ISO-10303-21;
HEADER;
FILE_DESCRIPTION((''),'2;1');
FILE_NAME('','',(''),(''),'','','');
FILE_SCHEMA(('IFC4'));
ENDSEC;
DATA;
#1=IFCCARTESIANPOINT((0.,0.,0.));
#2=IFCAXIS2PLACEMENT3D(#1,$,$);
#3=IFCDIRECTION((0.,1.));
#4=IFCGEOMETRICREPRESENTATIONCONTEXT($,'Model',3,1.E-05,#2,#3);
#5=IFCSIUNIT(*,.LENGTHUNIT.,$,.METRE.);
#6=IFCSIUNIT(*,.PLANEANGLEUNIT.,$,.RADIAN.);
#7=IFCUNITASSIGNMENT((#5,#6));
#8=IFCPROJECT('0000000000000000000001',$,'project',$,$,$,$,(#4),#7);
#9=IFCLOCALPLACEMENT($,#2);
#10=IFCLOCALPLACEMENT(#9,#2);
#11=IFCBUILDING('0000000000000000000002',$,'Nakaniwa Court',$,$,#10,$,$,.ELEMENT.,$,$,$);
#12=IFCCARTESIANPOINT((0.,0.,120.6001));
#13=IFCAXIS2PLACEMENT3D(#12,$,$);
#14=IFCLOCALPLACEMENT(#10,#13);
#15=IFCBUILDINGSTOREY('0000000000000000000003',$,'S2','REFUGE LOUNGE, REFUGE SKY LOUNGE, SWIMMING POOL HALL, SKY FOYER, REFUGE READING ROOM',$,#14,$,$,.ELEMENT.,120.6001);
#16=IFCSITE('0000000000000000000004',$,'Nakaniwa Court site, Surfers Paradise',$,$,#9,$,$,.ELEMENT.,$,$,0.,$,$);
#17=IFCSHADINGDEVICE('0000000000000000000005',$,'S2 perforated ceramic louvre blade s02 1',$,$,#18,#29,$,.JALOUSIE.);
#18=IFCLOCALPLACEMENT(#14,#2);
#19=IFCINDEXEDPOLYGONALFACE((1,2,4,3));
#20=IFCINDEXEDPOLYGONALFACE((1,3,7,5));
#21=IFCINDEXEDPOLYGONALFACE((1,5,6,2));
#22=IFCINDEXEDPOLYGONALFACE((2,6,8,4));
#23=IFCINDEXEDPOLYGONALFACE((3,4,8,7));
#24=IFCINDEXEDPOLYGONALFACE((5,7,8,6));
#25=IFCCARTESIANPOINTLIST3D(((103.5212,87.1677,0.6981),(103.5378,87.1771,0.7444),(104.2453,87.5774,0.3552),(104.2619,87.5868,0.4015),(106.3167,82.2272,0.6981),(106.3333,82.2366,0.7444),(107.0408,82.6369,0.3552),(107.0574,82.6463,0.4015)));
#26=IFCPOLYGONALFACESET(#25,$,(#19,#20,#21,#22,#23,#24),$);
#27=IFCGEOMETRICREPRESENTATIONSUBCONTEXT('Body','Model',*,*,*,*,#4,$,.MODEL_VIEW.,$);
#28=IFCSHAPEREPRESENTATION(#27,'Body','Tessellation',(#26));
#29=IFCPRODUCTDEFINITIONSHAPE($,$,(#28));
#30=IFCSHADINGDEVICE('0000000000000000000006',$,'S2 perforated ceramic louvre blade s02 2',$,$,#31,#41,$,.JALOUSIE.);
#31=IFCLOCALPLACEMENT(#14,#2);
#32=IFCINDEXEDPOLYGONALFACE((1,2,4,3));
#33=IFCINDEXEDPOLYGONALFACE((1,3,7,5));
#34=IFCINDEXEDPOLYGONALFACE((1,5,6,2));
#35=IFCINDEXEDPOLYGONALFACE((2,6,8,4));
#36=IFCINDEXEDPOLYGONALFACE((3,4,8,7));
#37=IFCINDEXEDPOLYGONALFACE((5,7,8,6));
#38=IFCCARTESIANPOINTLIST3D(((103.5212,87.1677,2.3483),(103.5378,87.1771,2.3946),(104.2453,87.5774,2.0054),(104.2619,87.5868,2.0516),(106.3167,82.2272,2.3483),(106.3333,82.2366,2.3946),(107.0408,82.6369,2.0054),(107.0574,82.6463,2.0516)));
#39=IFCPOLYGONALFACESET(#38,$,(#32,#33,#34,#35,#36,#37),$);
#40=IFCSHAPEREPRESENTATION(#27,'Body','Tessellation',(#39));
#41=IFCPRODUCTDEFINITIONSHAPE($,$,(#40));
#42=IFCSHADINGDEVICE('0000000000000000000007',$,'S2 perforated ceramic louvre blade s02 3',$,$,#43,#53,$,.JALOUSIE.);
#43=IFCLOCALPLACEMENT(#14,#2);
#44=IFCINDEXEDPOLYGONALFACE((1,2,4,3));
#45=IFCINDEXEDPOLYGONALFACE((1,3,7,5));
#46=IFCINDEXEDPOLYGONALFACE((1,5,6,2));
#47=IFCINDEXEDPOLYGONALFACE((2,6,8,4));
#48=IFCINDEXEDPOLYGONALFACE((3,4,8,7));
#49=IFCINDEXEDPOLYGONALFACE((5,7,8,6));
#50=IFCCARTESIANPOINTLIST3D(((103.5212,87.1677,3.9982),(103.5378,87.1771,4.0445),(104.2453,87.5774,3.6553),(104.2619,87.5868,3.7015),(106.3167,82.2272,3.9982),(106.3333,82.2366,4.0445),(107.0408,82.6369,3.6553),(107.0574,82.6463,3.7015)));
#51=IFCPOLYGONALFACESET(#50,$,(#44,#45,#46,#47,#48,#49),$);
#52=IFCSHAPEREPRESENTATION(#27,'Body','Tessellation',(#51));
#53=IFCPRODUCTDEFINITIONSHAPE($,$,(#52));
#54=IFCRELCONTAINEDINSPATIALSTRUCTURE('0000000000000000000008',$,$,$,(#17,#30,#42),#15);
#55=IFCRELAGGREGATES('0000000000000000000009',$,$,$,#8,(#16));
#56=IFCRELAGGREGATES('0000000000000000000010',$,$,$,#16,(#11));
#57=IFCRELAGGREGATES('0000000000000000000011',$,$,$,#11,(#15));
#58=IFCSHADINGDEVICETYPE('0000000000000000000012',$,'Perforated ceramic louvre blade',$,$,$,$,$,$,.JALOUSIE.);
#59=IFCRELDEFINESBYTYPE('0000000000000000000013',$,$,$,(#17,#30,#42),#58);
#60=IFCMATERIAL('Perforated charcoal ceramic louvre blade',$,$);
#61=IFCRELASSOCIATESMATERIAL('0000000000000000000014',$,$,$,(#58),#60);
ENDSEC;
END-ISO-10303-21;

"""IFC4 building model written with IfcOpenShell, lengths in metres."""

from ifc_helpers import new_model, si_unit, direction, frame, origin, origin_2d, place, context, subcontext, project, spatial, rectangle, extrude, material, material_profile, profile_set, type_object, element, save


model = new_model("IFC4")

# Units and contexts
model_context = context("Model", 3, precision=1e-05, world=origin(), true_north=direction((0.0, 1.0)))
body_context = subcontext(model_context, "Body", "Model", "MODEL_VIEW")
ifc_project = project(units=[si_unit("LENGTHUNIT", "METRE"), si_unit("PLANEANGLEUNIT", "RADIAN")], contexts=[model_context])

# Site, building, storey
site_placement = place(None, origin())
site = spatial("IfcSite", under=ifc_project, at=site_placement, Name="Nakaniwa Court site, Surfers Paradise", CompositionType="ELEMENT", RefElevation=0.0)
building_placement = place(site_placement, origin())
building = spatial("IfcBuilding", under=site, at=building_placement, Name="Nakaniwa Court", CompositionType="ELEMENT")
storey_placement = place(building_placement, frame((0.0, 0.0, 120.6001)))
storey = spatial("IfcBuildingStorey", under=building, at=storey_placement, Name="S2", Description="REFUGE LOUNGE, REFUGE SKY LOUNGE, SWIMMING POOL HALL, SKY FOYER, REFUGE READING ROOM", CompositionType="ELEMENT", Elevation=120.6001)

# Shading devices
ifc_material_1 = material(Name="Perforated charcoal ceramic louvre blade")
ifc_material_profile_1 = material_profile(ifc_material_1, rectangle(XDim=0.8999, YDim=0.05, at=origin_2d()), Name="Perforated ceramic louvre blade")
ifc_profile_set_1 = profile_set([ifc_material_profile_1], Name="Perforated charcoal ceramic louvre blade")
shading_device_type = type_object("IfcShadingDeviceType", Name="Perforated ceramic louvre blade", PredefinedType="JALOUSIE", material=ifc_profile_set_1)
for number, where, z_axis, x_axis, name in (
    (1, (106.687, 82.4368, 0.5498), (-0.492457, 0.870337, 0.0), (-0.804666, -0.455299, 0.38107), "S2 perforated ceramic louvre blade s02 1"),
    (2, (106.687, 82.4368, 2.2), (-0.492457, 0.870337, 0.0), (-0.804666, -0.455299, 0.38107), "S2 perforated ceramic louvre blade s02 2"),
    (3, (106.687, 82.4368, 3.8499), (-0.492457, 0.870337, 0.0), (-0.804666, -0.455299, 0.38107), "S2 perforated ceramic louvre blade s02 3"),
):
    element("IfcShadingDevice", number, at=place(storey_placement, frame(where, z_axis=z_axis, x_axis=x_axis)), inside=storey, type_object=shading_device_type, Name=name, PredefinedType="JALOUSIE", context=body_context, shape_type="SweptSolid", body=[
        extrude(rectangle(XDim=0.8999, YDim=0.05, at=origin_2d()), origin(), (0.0, 0.0, 1.0), 5.6765),
    ])

save(model, "model.ifc")
